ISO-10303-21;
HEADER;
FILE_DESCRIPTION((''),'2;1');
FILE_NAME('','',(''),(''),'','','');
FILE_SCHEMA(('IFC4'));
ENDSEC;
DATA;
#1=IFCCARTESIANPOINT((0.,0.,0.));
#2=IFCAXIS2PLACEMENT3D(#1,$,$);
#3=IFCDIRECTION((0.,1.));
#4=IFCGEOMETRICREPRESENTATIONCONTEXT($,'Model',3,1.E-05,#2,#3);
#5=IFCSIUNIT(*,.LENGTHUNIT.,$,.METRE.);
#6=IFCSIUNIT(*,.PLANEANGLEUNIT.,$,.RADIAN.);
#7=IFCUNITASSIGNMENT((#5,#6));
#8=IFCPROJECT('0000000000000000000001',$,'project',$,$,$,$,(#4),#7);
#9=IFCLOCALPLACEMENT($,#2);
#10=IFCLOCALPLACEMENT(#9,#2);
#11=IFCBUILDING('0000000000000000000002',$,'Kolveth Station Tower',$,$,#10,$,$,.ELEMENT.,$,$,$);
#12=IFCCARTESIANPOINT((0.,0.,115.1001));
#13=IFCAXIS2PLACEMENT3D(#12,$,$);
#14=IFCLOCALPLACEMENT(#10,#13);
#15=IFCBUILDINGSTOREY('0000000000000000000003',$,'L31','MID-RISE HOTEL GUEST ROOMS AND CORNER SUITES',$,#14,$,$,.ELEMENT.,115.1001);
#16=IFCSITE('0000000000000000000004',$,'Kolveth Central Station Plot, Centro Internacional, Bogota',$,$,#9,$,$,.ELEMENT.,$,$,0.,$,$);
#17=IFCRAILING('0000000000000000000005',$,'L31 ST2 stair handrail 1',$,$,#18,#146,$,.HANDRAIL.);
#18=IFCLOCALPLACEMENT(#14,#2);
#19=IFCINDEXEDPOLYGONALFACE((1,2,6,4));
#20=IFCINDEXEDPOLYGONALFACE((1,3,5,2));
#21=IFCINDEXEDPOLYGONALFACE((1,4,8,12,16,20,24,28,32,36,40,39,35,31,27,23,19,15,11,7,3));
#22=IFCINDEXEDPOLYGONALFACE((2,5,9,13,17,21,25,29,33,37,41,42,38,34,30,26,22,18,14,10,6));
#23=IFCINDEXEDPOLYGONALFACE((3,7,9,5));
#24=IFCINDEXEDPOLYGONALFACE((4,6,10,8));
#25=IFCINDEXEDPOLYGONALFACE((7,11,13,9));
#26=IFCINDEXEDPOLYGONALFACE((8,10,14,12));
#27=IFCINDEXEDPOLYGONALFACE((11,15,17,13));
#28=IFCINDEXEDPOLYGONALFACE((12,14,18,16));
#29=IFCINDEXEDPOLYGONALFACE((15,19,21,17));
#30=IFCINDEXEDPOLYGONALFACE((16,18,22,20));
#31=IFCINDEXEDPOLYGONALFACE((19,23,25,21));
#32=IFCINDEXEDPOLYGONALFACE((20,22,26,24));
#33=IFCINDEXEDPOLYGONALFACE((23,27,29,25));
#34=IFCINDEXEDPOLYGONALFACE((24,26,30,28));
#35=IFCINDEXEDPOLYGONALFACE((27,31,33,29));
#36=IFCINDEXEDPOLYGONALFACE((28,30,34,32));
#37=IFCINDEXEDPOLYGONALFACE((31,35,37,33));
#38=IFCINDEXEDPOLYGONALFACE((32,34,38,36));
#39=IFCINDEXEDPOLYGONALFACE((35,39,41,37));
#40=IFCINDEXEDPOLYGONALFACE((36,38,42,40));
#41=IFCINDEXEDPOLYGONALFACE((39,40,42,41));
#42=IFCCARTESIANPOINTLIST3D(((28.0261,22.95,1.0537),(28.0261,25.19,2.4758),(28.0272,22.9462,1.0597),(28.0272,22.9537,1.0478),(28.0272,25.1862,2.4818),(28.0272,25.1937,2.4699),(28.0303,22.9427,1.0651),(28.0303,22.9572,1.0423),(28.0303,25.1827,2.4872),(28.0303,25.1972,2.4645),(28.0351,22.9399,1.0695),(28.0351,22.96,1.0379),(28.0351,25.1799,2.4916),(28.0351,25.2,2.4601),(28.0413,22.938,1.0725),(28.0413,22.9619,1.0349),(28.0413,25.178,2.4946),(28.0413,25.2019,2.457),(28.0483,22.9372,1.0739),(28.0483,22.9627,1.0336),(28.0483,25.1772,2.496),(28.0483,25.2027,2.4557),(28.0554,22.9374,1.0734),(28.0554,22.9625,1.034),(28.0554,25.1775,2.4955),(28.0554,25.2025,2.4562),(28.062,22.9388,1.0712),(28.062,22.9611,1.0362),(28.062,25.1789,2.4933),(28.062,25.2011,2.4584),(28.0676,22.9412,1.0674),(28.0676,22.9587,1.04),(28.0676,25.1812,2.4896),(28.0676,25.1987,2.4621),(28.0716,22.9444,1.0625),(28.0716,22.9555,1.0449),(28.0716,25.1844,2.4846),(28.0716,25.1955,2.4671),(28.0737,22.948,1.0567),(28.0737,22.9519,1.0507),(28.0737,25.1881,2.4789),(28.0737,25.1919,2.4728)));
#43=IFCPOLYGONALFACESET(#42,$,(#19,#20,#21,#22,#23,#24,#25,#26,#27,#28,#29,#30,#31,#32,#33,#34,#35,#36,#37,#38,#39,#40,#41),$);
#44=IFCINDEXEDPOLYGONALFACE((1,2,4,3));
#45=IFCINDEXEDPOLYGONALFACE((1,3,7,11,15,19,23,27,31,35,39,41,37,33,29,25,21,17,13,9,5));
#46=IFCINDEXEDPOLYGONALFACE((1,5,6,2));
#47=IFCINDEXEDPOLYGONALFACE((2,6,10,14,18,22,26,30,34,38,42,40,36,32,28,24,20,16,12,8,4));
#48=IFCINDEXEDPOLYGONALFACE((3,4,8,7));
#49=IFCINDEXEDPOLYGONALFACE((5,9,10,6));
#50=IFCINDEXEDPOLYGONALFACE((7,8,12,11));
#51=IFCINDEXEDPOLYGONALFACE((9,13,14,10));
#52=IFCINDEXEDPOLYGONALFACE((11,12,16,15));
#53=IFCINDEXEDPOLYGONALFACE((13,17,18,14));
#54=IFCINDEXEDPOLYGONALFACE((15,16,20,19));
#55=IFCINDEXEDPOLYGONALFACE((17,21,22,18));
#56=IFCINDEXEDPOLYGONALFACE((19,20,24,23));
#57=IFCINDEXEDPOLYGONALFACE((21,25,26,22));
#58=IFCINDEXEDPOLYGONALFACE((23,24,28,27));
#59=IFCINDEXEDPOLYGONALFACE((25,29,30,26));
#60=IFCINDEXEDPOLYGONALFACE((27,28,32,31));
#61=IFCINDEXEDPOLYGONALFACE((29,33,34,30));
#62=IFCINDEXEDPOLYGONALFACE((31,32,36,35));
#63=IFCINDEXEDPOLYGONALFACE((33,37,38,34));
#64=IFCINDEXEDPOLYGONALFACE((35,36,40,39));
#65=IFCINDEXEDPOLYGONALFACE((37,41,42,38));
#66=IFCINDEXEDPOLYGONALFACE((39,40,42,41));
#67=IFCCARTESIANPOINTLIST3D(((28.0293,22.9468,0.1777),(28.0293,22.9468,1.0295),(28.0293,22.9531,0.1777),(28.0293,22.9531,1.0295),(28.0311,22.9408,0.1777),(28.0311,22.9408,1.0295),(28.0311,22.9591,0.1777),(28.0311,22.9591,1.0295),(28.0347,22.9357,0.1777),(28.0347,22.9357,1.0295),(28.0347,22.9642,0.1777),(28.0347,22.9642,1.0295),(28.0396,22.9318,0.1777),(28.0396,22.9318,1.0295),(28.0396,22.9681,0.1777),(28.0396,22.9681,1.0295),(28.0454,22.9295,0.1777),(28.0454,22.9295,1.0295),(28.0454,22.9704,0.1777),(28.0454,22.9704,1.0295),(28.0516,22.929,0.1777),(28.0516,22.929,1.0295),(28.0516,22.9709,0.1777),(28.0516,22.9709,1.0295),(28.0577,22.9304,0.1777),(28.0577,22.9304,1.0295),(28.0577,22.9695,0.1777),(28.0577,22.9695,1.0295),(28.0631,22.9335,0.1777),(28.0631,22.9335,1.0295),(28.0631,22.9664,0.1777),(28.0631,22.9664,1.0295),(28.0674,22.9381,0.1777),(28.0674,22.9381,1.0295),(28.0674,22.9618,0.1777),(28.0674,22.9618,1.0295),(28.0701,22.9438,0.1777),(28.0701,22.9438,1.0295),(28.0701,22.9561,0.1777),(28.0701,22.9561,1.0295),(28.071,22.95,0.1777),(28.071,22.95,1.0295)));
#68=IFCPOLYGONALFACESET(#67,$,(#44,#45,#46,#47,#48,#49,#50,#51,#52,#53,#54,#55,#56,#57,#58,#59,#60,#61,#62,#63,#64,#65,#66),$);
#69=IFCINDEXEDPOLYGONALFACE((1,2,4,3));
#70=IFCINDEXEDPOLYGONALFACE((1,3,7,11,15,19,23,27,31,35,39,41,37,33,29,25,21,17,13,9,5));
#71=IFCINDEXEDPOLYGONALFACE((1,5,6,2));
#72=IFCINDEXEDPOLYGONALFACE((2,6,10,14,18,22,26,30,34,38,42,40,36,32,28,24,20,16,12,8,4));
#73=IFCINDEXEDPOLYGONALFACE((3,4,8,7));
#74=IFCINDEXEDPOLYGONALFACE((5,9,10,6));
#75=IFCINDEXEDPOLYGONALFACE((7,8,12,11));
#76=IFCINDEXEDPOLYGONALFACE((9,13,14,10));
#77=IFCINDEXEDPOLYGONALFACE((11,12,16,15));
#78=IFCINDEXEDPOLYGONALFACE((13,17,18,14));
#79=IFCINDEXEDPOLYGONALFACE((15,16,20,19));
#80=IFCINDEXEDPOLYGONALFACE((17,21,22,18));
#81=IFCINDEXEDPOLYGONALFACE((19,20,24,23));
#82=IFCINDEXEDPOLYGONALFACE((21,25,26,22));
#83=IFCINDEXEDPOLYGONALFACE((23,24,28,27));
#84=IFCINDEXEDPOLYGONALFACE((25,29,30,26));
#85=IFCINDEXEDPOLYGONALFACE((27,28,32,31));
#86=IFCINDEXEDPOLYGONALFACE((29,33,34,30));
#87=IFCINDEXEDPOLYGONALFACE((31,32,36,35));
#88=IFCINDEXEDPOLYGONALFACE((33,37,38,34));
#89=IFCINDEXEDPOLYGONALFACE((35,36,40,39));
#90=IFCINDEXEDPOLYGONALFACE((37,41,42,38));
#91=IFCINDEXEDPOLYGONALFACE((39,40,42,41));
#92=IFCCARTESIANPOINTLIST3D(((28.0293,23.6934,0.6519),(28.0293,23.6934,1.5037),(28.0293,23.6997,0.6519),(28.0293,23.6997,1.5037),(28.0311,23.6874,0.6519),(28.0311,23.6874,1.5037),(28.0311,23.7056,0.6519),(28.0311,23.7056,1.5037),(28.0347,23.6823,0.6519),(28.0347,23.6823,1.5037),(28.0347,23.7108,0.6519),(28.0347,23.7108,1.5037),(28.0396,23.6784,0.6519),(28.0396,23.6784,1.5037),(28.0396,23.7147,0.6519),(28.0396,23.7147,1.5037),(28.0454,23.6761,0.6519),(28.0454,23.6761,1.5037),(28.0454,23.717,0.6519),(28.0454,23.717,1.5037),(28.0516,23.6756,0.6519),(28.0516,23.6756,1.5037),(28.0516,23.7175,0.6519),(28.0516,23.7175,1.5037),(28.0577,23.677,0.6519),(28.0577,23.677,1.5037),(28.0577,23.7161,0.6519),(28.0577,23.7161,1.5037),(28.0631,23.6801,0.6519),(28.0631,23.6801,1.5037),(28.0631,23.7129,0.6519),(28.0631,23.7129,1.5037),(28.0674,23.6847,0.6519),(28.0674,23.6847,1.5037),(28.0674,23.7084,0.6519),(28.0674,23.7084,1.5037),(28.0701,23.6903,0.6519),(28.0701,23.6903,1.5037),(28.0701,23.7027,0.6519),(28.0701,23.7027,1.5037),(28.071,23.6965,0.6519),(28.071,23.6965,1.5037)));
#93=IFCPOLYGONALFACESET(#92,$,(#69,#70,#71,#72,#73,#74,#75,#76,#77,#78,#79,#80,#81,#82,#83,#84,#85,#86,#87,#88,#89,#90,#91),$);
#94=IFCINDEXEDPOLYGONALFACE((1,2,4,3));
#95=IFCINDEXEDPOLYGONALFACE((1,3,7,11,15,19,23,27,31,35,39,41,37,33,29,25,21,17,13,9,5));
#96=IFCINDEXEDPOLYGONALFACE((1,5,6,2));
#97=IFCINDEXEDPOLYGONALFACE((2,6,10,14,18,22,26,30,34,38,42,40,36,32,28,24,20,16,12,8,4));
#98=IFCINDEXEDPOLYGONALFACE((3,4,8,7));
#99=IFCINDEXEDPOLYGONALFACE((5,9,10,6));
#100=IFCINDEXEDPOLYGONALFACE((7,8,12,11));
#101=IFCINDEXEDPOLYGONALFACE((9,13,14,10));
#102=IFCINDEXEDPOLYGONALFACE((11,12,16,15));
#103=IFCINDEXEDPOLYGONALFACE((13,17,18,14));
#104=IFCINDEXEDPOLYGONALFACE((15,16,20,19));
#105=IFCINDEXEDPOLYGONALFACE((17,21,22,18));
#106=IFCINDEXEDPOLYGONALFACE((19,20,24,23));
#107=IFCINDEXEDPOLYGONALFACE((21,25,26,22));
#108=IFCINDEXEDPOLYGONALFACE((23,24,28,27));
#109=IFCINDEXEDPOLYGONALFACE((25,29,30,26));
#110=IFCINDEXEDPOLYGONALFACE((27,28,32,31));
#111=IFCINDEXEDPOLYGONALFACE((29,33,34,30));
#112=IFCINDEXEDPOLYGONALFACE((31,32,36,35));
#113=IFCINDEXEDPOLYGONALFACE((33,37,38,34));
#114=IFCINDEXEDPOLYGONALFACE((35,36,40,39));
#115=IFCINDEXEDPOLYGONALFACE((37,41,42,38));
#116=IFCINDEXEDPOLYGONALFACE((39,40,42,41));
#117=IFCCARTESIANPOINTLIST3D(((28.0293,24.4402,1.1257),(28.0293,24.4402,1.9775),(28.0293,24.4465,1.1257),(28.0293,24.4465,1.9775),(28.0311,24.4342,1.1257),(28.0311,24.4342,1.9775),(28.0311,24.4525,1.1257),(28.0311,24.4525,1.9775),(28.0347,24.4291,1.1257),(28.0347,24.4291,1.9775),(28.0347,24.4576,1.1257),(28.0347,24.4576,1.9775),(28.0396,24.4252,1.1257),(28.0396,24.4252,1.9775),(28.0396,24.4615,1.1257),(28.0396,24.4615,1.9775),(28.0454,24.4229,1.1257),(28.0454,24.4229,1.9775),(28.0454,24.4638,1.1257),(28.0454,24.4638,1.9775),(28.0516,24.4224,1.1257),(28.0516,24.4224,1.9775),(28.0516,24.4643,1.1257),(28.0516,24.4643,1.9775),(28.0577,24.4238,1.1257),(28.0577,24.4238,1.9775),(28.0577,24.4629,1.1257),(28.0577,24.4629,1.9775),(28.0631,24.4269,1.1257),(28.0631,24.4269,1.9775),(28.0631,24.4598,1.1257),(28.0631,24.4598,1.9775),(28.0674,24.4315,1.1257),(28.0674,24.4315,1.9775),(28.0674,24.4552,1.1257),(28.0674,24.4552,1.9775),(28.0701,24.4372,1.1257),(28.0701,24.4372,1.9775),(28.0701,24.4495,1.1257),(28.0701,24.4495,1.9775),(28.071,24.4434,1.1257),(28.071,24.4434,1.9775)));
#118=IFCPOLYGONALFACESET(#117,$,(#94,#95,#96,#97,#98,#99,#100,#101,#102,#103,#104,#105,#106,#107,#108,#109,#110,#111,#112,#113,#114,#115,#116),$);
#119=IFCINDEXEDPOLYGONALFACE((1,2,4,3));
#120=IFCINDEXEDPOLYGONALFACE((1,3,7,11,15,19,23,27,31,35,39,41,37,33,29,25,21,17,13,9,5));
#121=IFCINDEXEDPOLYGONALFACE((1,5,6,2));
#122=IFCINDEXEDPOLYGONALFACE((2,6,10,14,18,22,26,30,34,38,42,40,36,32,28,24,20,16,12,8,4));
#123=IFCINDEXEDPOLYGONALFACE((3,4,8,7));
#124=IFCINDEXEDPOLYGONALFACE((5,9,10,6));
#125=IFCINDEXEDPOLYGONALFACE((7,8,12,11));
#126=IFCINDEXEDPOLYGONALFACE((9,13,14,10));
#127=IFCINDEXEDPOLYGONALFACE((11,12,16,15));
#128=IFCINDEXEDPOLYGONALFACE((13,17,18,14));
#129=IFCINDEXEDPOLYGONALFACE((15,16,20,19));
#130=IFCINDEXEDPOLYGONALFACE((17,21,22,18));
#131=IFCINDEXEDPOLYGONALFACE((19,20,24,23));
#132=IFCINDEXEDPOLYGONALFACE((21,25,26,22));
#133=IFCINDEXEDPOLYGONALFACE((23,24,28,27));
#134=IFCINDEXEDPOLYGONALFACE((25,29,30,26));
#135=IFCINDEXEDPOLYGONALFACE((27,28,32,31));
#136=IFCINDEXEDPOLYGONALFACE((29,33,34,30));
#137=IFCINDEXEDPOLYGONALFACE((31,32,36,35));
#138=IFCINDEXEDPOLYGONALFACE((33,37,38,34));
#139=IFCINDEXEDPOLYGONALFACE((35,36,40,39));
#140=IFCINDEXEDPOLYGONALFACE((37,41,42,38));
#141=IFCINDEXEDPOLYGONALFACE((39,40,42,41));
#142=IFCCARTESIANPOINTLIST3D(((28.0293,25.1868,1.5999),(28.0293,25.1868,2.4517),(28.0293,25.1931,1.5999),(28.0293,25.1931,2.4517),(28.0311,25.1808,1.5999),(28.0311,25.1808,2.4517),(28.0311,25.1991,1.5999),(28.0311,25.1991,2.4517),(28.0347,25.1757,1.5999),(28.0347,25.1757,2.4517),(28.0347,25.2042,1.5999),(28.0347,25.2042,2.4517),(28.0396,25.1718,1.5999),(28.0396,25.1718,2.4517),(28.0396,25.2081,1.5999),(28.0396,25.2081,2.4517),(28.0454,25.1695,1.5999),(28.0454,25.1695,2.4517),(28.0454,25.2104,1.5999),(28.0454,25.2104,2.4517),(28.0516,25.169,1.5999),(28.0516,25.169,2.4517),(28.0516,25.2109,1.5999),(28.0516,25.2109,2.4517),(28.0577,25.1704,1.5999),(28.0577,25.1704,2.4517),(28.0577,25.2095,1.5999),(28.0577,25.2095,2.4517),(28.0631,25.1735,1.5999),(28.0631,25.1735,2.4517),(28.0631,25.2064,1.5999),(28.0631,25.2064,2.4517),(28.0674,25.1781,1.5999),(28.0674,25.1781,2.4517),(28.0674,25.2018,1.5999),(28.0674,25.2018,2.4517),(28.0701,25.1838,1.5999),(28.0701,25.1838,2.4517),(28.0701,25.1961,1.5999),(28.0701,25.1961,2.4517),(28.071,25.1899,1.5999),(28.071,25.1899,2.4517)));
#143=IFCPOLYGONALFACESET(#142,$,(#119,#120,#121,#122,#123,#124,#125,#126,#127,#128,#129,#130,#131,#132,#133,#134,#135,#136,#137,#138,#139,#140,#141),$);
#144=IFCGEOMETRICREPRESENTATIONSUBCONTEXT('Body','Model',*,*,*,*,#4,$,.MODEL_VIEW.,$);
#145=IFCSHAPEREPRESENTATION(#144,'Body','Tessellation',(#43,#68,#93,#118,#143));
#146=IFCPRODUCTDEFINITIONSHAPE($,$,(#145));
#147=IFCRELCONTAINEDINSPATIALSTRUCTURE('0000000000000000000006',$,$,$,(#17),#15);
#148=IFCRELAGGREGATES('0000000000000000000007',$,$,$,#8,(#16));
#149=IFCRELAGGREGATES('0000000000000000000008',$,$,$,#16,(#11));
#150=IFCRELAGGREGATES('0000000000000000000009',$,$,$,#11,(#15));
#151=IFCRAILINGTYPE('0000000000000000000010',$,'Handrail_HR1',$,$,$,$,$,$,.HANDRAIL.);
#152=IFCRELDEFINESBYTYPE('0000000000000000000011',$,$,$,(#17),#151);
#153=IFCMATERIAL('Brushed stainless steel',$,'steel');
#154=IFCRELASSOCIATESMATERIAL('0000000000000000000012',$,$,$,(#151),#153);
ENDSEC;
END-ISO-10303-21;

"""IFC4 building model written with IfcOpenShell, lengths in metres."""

from ifc_helpers import new_model, si_unit, direction, frame, origin, origin_2d, place, context, subcontext, project, spatial, circle, extrude, material, type_object, element, save


model = new_model("IFC4")

# Units and contexts
model_context = context("Model", 3, precision=1e-05, world=origin(), true_north=direction((0.0, 1.0)))
body_context = subcontext(model_context, "Body", "Model", "MODEL_VIEW")
ifc_project = project(units=[si_unit("LENGTHUNIT", "METRE"), si_unit("PLANEANGLEUNIT", "RADIAN")], contexts=[model_context])

# Site, building, storey
site_placement = place(None, origin())
site = spatial("IfcSite", under=ifc_project, at=site_placement, Name="Kolveth Central Station Plot, Centro Internacional, Bogota", CompositionType="ELEMENT", RefElevation=0.0)
building_placement = place(site_placement, origin())
building = spatial("IfcBuilding", under=site, at=building_placement, Name="Kolveth Station Tower", CompositionType="ELEMENT")
storey_placement = place(building_placement, frame((0.0, 0.0, 115.1001)))
storey = spatial("IfcBuildingStorey", under=building, at=storey_placement, Name="L31", Description="MID-RISE HOTEL GUEST ROOMS AND CORNER SUITES", CompositionType="ELEMENT", Elevation=115.1001)

# Railing
ifc_material_1 = material(Name="Brushed stainless steel", Category="steel")
railing_type_1 = type_object("IfcRailingType", Name="Handrail_HR1", PredefinedType="HANDRAIL", material=ifc_material_1)
railing_1_placement = place(storey_placement, frame((28.05, 22.95, 0.1777)))
element("IfcRailing", 1, at=railing_1_placement, inside=storey, type_object=railing_type_1, Name="L31 ST2 stair handrail 1", PredefinedType="HANDRAIL", context=body_context, shape_type="SweptSolid", body=[
    extrude(circle(Radius=0.0239, at=origin_2d()), frame((0.0, 0.0, 0.876), z_axis=(0.0, 0.844229, 0.535982), x_axis=(-1.0, 0.0, 0.0)), (0.0, 0.0, 1.0), 2.6533),
    extrude(circle(Radius=0.021, at=origin_2d()), origin(), (0.0, 0.0, 1.0), 0.8518),
    extrude(circle(Radius=0.021, at=origin_2d()), frame((0.0, 0.7466, 0.4741)), (0.0, 0.0, 1.0), 0.8518),
    extrude(circle(Radius=0.021, at=origin_2d()), frame((0.0, 1.4934, 0.948)), (0.0, 0.0, 1.0), 0.8518),
    extrude(circle(Radius=0.021, at=origin_2d()), frame((0.0, 2.24, 1.4221)), (0.0, 0.0, 1.0), 0.8518),
])

save(model, "model.ifc")
